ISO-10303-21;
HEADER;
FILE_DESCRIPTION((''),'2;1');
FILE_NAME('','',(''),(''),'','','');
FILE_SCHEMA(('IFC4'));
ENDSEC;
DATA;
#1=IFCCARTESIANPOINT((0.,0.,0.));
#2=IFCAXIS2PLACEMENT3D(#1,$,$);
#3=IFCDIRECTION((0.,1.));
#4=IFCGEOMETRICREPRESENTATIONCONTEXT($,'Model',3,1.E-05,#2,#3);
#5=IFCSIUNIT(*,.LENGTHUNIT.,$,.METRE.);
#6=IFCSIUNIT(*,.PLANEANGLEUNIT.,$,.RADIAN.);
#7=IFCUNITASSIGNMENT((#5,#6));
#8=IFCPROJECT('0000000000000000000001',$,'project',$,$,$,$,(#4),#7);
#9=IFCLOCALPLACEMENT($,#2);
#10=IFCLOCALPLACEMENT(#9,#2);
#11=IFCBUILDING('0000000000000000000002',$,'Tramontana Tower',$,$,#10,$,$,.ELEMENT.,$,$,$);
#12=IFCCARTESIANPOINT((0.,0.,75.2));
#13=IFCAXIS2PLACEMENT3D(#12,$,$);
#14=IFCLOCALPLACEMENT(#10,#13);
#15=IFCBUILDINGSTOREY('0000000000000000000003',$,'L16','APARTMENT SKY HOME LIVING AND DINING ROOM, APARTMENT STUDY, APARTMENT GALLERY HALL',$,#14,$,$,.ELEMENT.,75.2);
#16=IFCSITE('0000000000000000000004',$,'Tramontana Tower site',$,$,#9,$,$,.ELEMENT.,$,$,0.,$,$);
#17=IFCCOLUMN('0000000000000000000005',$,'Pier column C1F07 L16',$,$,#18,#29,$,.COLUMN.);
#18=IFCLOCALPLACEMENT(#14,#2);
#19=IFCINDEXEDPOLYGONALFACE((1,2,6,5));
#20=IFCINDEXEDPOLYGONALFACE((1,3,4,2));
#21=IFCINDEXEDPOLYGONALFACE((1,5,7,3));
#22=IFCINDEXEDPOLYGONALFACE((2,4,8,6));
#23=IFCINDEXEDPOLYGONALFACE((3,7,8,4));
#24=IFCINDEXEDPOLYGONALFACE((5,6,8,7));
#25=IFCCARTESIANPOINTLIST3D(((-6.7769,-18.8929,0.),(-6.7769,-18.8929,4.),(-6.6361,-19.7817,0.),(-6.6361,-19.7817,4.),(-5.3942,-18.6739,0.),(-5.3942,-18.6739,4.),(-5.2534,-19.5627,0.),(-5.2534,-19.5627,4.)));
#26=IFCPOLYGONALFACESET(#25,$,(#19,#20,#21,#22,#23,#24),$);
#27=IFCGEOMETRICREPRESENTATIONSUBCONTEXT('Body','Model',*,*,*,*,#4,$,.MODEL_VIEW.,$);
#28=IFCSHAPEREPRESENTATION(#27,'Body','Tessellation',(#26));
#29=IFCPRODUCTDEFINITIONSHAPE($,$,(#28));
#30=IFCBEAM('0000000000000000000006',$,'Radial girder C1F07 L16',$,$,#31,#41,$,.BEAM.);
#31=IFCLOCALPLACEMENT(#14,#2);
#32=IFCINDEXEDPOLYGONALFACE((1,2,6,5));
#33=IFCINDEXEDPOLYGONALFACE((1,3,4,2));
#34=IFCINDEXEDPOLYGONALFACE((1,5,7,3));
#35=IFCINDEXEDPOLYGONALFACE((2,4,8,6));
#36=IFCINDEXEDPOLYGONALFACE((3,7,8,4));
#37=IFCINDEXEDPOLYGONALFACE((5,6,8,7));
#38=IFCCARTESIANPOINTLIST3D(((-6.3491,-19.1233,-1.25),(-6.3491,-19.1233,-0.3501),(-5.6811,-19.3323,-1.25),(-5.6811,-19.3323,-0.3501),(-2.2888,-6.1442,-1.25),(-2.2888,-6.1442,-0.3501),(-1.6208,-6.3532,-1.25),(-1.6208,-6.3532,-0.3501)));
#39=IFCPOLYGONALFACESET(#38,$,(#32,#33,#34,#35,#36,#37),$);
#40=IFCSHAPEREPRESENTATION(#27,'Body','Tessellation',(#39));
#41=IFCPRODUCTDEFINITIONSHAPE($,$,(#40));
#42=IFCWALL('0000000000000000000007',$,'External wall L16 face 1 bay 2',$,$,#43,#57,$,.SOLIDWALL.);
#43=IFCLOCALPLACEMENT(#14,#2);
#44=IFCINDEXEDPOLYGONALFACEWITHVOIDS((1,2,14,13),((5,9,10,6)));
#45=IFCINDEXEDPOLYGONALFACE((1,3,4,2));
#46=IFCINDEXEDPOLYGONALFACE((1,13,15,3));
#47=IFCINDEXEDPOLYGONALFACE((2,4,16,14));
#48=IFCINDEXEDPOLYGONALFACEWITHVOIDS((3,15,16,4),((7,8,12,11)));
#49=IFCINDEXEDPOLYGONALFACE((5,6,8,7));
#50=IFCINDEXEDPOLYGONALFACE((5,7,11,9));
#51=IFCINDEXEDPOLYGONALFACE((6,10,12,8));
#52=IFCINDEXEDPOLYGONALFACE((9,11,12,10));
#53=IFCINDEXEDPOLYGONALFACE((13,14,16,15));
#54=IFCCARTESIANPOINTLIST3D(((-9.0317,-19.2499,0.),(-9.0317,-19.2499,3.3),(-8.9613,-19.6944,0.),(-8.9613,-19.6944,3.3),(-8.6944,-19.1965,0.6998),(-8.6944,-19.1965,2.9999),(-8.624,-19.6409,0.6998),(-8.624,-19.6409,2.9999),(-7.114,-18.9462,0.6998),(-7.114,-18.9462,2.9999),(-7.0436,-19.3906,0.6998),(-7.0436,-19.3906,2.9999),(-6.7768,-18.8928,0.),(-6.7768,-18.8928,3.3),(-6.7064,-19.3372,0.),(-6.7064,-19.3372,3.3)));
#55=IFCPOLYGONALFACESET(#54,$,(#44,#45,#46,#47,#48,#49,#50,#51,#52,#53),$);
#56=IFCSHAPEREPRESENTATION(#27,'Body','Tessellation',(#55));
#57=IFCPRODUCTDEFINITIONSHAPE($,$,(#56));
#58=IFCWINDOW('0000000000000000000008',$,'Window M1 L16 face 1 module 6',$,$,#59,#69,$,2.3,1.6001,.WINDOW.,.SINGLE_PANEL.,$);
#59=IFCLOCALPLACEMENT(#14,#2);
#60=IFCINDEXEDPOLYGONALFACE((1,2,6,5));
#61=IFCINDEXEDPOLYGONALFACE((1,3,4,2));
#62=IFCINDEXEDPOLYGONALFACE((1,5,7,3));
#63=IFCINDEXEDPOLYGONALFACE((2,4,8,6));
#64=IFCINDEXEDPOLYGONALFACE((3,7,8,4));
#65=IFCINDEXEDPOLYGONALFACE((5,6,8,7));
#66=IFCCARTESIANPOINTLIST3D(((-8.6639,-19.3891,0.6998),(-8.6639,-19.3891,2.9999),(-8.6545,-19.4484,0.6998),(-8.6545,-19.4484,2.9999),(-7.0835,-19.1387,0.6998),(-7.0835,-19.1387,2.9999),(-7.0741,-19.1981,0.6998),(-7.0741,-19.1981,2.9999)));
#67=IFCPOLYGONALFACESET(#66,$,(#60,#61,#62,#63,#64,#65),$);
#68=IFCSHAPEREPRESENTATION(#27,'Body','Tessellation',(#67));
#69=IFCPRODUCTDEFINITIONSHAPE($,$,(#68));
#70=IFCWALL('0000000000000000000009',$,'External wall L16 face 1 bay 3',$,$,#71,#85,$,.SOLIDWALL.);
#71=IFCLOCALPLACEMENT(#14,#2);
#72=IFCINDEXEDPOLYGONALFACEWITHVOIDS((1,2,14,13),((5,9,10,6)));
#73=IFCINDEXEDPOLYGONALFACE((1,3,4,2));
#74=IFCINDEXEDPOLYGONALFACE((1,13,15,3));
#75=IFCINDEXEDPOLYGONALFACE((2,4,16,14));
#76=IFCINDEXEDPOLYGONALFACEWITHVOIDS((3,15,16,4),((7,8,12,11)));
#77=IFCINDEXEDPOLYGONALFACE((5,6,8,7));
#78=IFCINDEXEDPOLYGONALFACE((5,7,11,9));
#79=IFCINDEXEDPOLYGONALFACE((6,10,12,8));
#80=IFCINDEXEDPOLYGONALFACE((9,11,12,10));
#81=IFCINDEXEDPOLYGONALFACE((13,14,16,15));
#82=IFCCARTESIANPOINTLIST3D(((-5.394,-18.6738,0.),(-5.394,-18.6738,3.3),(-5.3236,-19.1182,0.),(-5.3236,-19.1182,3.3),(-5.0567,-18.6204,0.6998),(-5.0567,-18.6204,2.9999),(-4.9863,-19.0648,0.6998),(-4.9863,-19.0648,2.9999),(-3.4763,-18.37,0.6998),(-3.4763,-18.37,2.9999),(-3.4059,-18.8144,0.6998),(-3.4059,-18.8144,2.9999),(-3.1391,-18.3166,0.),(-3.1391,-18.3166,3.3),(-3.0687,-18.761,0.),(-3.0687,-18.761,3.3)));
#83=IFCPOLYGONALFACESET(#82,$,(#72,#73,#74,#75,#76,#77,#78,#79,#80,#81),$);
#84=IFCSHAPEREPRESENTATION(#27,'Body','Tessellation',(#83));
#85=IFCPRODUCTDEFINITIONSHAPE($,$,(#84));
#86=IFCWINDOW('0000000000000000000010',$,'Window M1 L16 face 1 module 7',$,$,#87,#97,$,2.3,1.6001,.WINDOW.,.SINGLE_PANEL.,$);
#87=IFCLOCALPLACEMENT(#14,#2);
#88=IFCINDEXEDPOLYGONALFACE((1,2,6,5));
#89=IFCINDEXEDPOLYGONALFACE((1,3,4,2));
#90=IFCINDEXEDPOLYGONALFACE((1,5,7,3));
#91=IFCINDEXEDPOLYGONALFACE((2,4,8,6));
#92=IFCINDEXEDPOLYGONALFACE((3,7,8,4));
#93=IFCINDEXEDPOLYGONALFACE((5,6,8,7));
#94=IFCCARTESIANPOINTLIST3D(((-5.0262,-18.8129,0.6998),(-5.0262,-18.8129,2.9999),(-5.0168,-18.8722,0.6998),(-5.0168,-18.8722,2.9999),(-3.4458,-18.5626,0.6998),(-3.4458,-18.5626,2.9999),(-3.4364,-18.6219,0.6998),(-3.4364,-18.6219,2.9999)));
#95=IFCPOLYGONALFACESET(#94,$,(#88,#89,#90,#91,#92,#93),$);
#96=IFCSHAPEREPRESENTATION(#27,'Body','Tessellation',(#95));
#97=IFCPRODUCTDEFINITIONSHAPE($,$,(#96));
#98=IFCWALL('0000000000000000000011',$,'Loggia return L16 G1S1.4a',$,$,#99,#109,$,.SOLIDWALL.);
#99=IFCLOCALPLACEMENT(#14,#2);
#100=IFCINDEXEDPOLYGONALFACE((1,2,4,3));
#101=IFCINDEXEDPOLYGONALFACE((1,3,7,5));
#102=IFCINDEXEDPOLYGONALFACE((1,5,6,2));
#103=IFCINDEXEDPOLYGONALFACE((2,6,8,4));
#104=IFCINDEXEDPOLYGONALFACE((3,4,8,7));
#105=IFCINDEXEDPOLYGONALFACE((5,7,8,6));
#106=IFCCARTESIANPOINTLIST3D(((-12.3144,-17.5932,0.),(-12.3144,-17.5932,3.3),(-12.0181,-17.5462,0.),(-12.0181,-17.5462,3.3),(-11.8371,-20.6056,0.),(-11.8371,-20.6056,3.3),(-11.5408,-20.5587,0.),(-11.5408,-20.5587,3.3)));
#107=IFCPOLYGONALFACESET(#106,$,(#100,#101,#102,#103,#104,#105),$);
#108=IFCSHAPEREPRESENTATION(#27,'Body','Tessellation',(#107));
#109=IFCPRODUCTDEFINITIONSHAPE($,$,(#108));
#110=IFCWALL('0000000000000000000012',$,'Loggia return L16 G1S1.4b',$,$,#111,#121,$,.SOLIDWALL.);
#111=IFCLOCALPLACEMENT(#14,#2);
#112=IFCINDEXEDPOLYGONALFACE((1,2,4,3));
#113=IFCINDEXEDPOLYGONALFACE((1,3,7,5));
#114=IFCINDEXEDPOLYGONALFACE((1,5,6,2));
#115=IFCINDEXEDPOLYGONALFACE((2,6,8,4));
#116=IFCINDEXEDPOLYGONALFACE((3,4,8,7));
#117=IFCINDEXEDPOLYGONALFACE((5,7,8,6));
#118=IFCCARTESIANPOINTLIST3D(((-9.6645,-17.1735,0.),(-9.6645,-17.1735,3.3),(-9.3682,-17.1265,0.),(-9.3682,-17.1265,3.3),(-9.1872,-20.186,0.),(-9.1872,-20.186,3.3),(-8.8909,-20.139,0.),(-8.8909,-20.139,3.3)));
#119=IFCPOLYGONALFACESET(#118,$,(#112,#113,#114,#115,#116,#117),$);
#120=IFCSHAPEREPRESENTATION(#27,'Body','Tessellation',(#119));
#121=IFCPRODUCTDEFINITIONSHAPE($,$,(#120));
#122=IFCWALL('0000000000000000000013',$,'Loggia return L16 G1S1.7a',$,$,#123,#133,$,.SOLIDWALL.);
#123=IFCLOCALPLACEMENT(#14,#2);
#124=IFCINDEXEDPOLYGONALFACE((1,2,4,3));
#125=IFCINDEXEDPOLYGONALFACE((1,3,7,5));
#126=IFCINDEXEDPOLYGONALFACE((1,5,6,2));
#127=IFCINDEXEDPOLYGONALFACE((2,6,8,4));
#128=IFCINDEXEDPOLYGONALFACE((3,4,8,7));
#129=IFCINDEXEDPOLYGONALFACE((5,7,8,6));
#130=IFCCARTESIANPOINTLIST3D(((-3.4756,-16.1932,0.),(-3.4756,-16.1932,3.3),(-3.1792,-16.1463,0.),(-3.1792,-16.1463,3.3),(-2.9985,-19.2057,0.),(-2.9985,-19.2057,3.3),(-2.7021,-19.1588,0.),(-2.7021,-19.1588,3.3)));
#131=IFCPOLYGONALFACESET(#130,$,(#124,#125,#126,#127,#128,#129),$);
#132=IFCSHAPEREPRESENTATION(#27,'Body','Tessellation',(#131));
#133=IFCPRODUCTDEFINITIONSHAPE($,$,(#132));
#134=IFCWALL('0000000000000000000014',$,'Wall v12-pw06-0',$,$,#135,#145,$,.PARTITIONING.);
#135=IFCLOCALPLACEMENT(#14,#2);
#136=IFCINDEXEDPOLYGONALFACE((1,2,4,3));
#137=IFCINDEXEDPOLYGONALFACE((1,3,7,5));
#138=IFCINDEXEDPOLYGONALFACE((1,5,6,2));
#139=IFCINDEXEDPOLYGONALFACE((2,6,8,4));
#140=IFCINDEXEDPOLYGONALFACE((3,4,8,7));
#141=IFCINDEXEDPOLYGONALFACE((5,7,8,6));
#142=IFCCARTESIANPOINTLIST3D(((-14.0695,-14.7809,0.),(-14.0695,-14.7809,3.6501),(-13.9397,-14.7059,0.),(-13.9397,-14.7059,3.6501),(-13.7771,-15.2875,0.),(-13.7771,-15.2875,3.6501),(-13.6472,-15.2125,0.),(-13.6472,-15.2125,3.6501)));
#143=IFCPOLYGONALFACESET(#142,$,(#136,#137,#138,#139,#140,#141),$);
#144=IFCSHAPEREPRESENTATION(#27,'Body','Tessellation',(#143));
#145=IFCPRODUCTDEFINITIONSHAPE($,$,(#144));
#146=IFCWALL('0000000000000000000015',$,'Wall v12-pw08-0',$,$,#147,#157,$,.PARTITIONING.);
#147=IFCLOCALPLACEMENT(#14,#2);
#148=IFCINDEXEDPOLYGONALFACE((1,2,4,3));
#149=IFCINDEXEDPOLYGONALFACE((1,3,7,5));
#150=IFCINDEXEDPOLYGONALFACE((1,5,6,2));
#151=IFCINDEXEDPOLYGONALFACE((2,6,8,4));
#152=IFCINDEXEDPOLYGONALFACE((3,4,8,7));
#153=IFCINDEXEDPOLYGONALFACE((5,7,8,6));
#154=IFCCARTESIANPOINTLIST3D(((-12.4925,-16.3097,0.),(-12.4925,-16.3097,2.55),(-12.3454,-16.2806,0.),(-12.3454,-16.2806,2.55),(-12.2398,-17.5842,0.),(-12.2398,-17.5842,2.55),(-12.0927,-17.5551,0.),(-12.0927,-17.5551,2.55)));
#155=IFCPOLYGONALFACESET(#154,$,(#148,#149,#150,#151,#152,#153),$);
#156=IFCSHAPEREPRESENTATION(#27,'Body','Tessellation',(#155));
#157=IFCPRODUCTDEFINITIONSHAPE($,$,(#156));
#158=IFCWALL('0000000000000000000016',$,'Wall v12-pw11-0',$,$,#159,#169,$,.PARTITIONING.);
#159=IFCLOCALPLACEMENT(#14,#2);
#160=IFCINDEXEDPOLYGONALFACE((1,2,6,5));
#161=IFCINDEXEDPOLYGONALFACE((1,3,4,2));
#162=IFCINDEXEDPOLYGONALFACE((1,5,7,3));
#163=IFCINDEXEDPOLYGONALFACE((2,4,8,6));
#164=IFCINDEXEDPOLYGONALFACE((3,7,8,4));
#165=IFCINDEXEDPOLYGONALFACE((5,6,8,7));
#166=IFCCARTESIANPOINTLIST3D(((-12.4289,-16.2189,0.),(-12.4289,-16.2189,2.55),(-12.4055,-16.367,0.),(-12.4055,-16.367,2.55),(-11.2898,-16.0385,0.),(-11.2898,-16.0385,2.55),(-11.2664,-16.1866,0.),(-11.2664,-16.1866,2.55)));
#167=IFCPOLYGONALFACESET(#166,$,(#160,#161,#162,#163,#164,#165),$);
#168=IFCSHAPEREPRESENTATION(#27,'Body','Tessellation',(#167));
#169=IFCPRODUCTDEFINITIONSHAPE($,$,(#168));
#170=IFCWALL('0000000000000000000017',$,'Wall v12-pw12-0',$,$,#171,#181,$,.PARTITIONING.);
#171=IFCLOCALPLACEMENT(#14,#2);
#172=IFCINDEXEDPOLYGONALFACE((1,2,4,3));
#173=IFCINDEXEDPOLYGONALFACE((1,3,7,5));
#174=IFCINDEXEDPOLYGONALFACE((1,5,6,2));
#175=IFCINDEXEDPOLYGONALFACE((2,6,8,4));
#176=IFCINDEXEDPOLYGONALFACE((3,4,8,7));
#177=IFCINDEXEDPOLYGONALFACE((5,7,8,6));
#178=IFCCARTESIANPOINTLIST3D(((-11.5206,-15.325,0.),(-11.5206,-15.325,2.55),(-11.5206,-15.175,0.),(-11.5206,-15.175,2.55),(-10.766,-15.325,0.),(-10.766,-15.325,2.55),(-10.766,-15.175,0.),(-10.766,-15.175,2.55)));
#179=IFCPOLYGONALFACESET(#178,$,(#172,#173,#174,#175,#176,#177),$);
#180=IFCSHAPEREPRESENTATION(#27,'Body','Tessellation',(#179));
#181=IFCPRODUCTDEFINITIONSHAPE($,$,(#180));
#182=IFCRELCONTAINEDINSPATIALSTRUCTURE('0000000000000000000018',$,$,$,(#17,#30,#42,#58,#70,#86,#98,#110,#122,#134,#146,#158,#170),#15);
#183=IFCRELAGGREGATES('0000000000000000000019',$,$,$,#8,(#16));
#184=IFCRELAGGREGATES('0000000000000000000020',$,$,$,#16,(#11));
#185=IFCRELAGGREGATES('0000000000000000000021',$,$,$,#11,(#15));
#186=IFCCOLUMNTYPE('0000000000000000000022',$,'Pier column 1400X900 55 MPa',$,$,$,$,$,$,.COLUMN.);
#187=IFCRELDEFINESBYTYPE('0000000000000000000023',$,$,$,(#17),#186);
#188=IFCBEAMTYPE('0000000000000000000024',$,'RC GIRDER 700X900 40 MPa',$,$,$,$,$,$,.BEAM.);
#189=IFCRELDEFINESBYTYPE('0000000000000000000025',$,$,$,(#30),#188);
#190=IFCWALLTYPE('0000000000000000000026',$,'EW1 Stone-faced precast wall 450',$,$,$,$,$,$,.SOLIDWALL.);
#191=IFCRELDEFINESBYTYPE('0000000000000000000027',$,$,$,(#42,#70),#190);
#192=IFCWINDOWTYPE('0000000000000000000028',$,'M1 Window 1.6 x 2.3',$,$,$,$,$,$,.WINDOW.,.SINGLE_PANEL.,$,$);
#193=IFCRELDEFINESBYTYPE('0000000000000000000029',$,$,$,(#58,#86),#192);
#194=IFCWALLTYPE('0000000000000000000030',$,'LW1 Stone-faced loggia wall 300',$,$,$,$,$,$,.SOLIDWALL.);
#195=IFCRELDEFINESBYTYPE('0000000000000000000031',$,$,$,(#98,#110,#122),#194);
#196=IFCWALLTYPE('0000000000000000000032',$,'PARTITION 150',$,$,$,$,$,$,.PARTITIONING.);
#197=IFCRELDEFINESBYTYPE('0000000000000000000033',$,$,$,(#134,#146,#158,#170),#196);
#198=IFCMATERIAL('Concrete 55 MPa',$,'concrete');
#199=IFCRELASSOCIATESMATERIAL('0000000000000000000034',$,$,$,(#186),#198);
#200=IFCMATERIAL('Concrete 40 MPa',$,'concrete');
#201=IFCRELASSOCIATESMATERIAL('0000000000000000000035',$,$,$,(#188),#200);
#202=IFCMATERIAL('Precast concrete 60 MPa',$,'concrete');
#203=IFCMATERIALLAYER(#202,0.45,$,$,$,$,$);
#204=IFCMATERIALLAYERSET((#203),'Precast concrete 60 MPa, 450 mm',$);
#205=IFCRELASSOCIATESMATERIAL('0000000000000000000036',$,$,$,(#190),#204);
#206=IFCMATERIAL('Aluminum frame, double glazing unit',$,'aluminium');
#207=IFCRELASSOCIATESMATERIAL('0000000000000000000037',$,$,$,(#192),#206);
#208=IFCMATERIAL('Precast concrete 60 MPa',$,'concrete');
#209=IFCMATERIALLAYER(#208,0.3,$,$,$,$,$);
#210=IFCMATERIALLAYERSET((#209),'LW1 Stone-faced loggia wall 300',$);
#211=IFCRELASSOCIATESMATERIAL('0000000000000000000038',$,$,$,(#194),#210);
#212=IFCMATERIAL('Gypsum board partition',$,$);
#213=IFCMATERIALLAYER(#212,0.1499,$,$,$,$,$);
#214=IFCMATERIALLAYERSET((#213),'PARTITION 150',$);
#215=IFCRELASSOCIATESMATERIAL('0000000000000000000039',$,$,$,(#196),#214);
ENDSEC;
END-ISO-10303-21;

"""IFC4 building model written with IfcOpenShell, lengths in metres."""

from ifc_helpers import new_model, si_unit, direction, frame, frame_2d, origin, origin_2d, place, context, subcontext, project, spatial, rectangle, extrude, material, layer, layer_set, material_profile, profile_set, type_object, element, fill, save


model = new_model("IFC4")

# Units and contexts
model_context = context("Model", 3, precision=1e-05, world=origin(), true_north=direction((0.0, 1.0)))
body_context = subcontext(model_context, "Body", "Model", "MODEL_VIEW")
ifc_project = project(units=[si_unit("LENGTHUNIT", "METRE"), si_unit("PLANEANGLEUNIT", "RADIAN")], contexts=[model_context])

# Site, building, storey
site_placement = place(None, origin())
site = spatial("IfcSite", under=ifc_project, at=site_placement, Name="Tramontana Tower site", CompositionType="ELEMENT", RefElevation=0.0)
building_placement = place(site_placement, origin())
building = spatial("IfcBuilding", under=site, at=building_placement, Name="Tramontana Tower", CompositionType="ELEMENT")
storey_placement = place(building_placement, frame((0.0, 0.0, 75.2)))
storey = spatial("IfcBuildingStorey", under=building, at=storey_placement, Name="L16", Description="APARTMENT SKY HOME LIVING AND DINING ROOM, APARTMENT STUDY, APARTMENT GALLERY HALL", CompositionType="ELEMENT", Elevation=75.2)

# Column
ifc_material_1 = material(Name="Concrete 55 MPa", Category="concrete")
ifc_material_profile_1 = material_profile(ifc_material_1, rectangle(XDim=1.3999, YDim=0.8999, at=origin_2d()), Name="Pier column 1400X900 55 MPa")
ifc_profile_set_1 = profile_set([ifc_material_profile_1], Name="Concrete 55 MPa")
column_type = type_object("IfcColumnType", Name="Pier column 1400X900 55 MPa", PredefinedType="COLUMN", material=ifc_profile_set_1)
column_placement = place(storey_placement, frame((-6.0151, -19.2278, 0.0), z_axis=(0.0, 0.0, 1.0), x_axis=(0.987688, 0.156434, 0.0)))
element("IfcColumn", 1, at=column_placement, inside=storey, type_object=column_type, Name="Pier column C1F07 L16", PredefinedType="COLUMN", context=body_context, shape_type="SweptSolid", body=[
    extrude(rectangle(XDim=1.3999, YDim=0.8999, at=origin_2d()), origin(), (0.0, 0.0, 1.0), 4.0),
])

# Beam
ifc_material_2 = material(Name="Concrete 40 MPa", Category="concrete")
ifc_material_profile_2 = material_profile(ifc_material_2, rectangle(XDim=0.7, YDim=0.8999, at=origin_2d()), Name="RC GIRDER 700X900 40 MPa")
ifc_profile_set_2 = profile_set([ifc_material_profile_2], Name="Concrete 40 MPa")
beam_type = type_object("IfcBeamType", Name="RC GIRDER 700X900 40 MPa", PredefinedType="BEAM", material=ifc_profile_set_2)
beam_placement = place(storey_placement, frame((-6.0151, -19.2278, -0.8), z_axis=(0.298567, 0.954389, 0.0), x_axis=(-0.954389, 0.298567, 0.0)))
element("IfcBeam", 2, at=beam_placement, inside=storey, type_object=beam_type, Name="Radial girder C1F07 L16", PredefinedType="BEAM", context=body_context, shape_type="SweptSolid", body=[
    extrude(rectangle(XDim=0.7, YDim=0.8999, at=origin_2d()), origin(), (0.0, 0.0, 1.0), 13.5994),
])

# Walls, openings, windows
ifc_material_3 = material(Name="Precast concrete 60 MPa", Category="concrete")
ifc_layer_1 = layer(ifc_material_3, 0.45)
ifc_layer_set_1 = layer_set([ifc_layer_1], Name="Precast concrete 60 MPa, 450 mm")
wall_type_1 = type_object("IfcWallType", Name="EW1 Stone-faced precast wall 450", PredefinedType="SOLIDWALL", material=ifc_layer_set_1)
wall_1_placement = place(storey_placement, frame((-8.9966, -19.4722, 0.0), z_axis=(0.0, 0.0, 1.0), x_axis=(0.987686, 0.156451, 0.0)))
wall_1 = element("IfcWall", 3, at=wall_1_placement, inside=storey, type_object=wall_type_1, Name="External wall L16 face 1 bay 2", PredefinedType="SOLIDWALL", context=body_context, shape_type="SweptSolid", body=[
    extrude(rectangle(XDim=2.283, YDim=0.45, at=frame_2d((1.1416, 0.0))), origin(), (0.0, 0.0, 1.0), 3.3),
])
opening_1_placement = place(wall_1_placement, frame((0.3416, 0.0, 0.7)))
opening_1 = element("IfcOpeningElement", 4, at=opening_1_placement, cuts=wall_1, PredefinedType="OPENING", context=body_context, shape_type="SweptSolid", body=[
    extrude(rectangle(XDim=1.6001, YDim=2.3, at=frame_2d((0.8, 1.1499))), frame((0.0, 0.2349, 0.0), z_axis=(0.0, -1.0, 0.0), x_axis=(1.0, 0.0, 0.0)), (0.0, 0.0, 1.0), 0.47),
])
ifc_material_4 = material(Name="Aluminum frame, double glazing unit", Category="aluminium")
window_type = type_object("IfcWindowType", Name="M1 Window 1.6 x 2.3", PartitioningType="SINGLE_PANEL", PredefinedType="WINDOW", material=ifc_material_4)
window_1_placement = place(opening_1_placement, origin())
window_1 = element("IfcWindow", 5, at=window_1_placement, inside=storey, type_object=window_type, Name="Window M1 L16 face 1 module 6", OverallHeight=2.3, OverallWidth=1.6001, PartitioningType="SINGLE_PANEL", PredefinedType="WINDOW", context=body_context, shape_type="SweptSolid", body=[
    extrude(rectangle(XDim=1.6001, YDim=2.3, at=frame_2d((0.8, 1.1499))), frame((0.0, 0.03, 0.0), z_axis=(0.0, -1.0, 0.0), x_axis=(1.0, 0.0, 0.0)), (0.0, 0.0, 1.0), 0.0601),
])
fill(opening_1, window_1)
wall_2_placement = place(storey_placement, frame((-5.3589, -18.896, 0.0), z_axis=(0.0, 0.0, 1.0), x_axis=(0.987686, 0.156451, 0.0)))
wall_2 = element("IfcWall", 6, at=wall_2_placement, inside=storey, type_object=wall_type_1, Name="External wall L16 face 1 bay 3", PredefinedType="SOLIDWALL", context=body_context, shape_type="SweptSolid", body=[
    extrude(rectangle(XDim=2.283, YDim=0.45, at=frame_2d((1.1416, 0.0))), origin(), (0.0, 0.0, 1.0), 3.3),
])
opening_2_placement = place(wall_2_placement, frame((0.3416, 0.0, 0.7)))
opening_2 = element("IfcOpeningElement", 7, at=opening_2_placement, cuts=wall_2, PredefinedType="OPENING", context=body_context, shape_type="SweptSolid", body=[
    extrude(rectangle(XDim=1.6001, YDim=2.3, at=frame_2d((0.8, 1.1499))), frame((0.0, 0.2349, 0.0), z_axis=(0.0, -1.0, 0.0), x_axis=(1.0, 0.0, 0.0)), (0.0, 0.0, 1.0), 0.47),
])
window_2_placement = place(opening_2_placement, origin())
window_2 = element("IfcWindow", 8, at=window_2_placement, inside=storey, type_object=window_type, Name="Window M1 L16 face 1 module 7", OverallHeight=2.3, OverallWidth=1.6001, PartitioningType="SINGLE_PANEL", PredefinedType="WINDOW", context=body_context, shape_type="SweptSolid", body=[
    extrude(rectangle(XDim=1.6001, YDim=2.3, at=frame_2d((0.8, 1.1499))), frame((0.0, 0.03, 0.0), z_axis=(0.0, -1.0, 0.0), x_axis=(1.0, 0.0, 0.0)), (0.0, 0.0, 1.0), 0.0601),
])
fill(opening_2, window_2)

# Shared definitions
ifc_material_5 = material(Name="Precast concrete 60 MPa", Category="concrete")
ifc_layer_2 = layer(ifc_material_5, 0.3)
ifc_layer_set_2 = layer_set([ifc_layer_2], Name="LW1 Stone-faced loggia wall 300")
wall_type_2 = type_object("IfcWallType", Name="LW1 Stone-faced loggia wall 300", PredefinedType="SOLIDWALL", material=ifc_layer_set_2)

# Walls
for number, where, z_axis, x_axis, name in (
    (9, (-11.689, -20.582, 0.0), (0.0, 0.0, 1.0), (-0.156489, 0.98768, 0.0), "Loggia return L16 G1S1.4a"),
    (10, (-9.0391, -20.1624, 0.0), (0.0, 0.0, 1.0), (-0.156489, 0.98768, 0.0), "Loggia return L16 G1S1.4b"),
):
    element("IfcWall", number, at=place(storey_placement, frame(where, z_axis=z_axis, x_axis=x_axis)), inside=storey, type_object=wall_type_2, Name=name, PredefinedType="SOLIDWALL", context=body_context, shape_type="SweptSolid", body=[
        extrude(rectangle(XDim=3.05, YDim=0.3, at=frame_2d((1.5249, 0.0))), origin(), (0.0, 0.0, 1.0), 3.3),
    ])

# Walls
wall_3_placement = place(storey_placement, frame((-2.8503, -19.1821, 0.0), z_axis=(0.0, 0.0, 1.0), x_axis=(-0.156411, 0.987692, 0.0)))
element("IfcWall", 11, at=wall_3_placement, inside=storey, type_object=wall_type_2, Name="Loggia return L16 G1S1.7a", PredefinedType="SOLIDWALL", context=body_context, shape_type="SweptSolid", body=[
    extrude(rectangle(XDim=3.05, YDim=0.3, at=frame_2d((1.5249, 0.0))), origin(), (0.0, 0.0, 1.0), 3.3),
])
ifc_material_6 = material(Name="Gypsum board partition")
ifc_layer_3 = layer(ifc_material_6, 0.1499)
ifc_layer_set_3 = layer_set([ifc_layer_3], Name="PARTITION 150")
wall_type_3 = type_object("IfcWallType", Name="PARTITION 150", PredefinedType="PARTITIONING", material=ifc_layer_set_3)
wall_4_placement = place(storey_placement, frame((-13.7122, -15.25, 0.0), z_axis=(0.0, 0.0, 1.0), x_axis=(-0.499999, 0.866026, 0.0)))
element("IfcWall", 12, at=wall_4_placement, inside=storey, type_object=wall_type_3, Name="Wall v12-pw06-0", PredefinedType="PARTITIONING", context=body_context, shape_type="SweptSolid", body=[
    extrude(rectangle(XDim=0.585, YDim=0.1499, at=frame_2d((0.2925, 0.0))), origin(), (0.0, 0.0, 1.0), 3.6501),
])
wall_5_placement = place(storey_placement, frame((-12.4189, -16.2952, 0.0), z_axis=(0.0, 0.0, 1.0), x_axis=(0.19449, -0.980905, 0.0)))
element("IfcWall", 13, at=wall_5_placement, inside=storey, type_object=wall_type_3, Name="Wall v12-pw08-0", PredefinedType="PARTITIONING", context=body_context, shape_type="SweptSolid", body=[
    extrude(rectangle(XDim=1.2993, YDim=0.1499, at=frame_2d((0.6497, 0.0))), origin(), (0.0, 0.0, 1.0), 2.55),
])
wall_6_placement = place(storey_placement, frame((-11.2781, -16.1125, 0.0), z_axis=(0.0, 0.0, 1.0), x_axis=(-0.987689, -0.15643, 0.0)))
element("IfcWall", 14, at=wall_6_placement, inside=storey, type_object=wall_type_3, Name="Wall v12-pw11-0", PredefinedType="PARTITIONING", context=body_context, shape_type="SweptSolid", body=[
    extrude(rectangle(XDim=1.1533, YDim=0.1499, at=frame_2d((0.5767, 0.0))), origin(), (0.0, 0.0, 1.0), 2.55),
])
wall_7_placement = place(storey_placement, frame((-10.7659, -15.25, 0.0), z_axis=(0.0, 0.0, 1.0), x_axis=(-1.0, 0.0, 0.0)))
element("IfcWall", 15, at=wall_7_placement, inside=storey, type_object=wall_type_3, Name="Wall v12-pw12-0", PredefinedType="PARTITIONING", context=body_context, shape_type="SweptSolid", body=[
    extrude(rectangle(XDim=0.7546, YDim=0.1499, at=frame_2d((0.3774, 0.0))), origin(), (0.0, 0.0, 1.0), 2.55),
])

save(model, "model.ifc")
